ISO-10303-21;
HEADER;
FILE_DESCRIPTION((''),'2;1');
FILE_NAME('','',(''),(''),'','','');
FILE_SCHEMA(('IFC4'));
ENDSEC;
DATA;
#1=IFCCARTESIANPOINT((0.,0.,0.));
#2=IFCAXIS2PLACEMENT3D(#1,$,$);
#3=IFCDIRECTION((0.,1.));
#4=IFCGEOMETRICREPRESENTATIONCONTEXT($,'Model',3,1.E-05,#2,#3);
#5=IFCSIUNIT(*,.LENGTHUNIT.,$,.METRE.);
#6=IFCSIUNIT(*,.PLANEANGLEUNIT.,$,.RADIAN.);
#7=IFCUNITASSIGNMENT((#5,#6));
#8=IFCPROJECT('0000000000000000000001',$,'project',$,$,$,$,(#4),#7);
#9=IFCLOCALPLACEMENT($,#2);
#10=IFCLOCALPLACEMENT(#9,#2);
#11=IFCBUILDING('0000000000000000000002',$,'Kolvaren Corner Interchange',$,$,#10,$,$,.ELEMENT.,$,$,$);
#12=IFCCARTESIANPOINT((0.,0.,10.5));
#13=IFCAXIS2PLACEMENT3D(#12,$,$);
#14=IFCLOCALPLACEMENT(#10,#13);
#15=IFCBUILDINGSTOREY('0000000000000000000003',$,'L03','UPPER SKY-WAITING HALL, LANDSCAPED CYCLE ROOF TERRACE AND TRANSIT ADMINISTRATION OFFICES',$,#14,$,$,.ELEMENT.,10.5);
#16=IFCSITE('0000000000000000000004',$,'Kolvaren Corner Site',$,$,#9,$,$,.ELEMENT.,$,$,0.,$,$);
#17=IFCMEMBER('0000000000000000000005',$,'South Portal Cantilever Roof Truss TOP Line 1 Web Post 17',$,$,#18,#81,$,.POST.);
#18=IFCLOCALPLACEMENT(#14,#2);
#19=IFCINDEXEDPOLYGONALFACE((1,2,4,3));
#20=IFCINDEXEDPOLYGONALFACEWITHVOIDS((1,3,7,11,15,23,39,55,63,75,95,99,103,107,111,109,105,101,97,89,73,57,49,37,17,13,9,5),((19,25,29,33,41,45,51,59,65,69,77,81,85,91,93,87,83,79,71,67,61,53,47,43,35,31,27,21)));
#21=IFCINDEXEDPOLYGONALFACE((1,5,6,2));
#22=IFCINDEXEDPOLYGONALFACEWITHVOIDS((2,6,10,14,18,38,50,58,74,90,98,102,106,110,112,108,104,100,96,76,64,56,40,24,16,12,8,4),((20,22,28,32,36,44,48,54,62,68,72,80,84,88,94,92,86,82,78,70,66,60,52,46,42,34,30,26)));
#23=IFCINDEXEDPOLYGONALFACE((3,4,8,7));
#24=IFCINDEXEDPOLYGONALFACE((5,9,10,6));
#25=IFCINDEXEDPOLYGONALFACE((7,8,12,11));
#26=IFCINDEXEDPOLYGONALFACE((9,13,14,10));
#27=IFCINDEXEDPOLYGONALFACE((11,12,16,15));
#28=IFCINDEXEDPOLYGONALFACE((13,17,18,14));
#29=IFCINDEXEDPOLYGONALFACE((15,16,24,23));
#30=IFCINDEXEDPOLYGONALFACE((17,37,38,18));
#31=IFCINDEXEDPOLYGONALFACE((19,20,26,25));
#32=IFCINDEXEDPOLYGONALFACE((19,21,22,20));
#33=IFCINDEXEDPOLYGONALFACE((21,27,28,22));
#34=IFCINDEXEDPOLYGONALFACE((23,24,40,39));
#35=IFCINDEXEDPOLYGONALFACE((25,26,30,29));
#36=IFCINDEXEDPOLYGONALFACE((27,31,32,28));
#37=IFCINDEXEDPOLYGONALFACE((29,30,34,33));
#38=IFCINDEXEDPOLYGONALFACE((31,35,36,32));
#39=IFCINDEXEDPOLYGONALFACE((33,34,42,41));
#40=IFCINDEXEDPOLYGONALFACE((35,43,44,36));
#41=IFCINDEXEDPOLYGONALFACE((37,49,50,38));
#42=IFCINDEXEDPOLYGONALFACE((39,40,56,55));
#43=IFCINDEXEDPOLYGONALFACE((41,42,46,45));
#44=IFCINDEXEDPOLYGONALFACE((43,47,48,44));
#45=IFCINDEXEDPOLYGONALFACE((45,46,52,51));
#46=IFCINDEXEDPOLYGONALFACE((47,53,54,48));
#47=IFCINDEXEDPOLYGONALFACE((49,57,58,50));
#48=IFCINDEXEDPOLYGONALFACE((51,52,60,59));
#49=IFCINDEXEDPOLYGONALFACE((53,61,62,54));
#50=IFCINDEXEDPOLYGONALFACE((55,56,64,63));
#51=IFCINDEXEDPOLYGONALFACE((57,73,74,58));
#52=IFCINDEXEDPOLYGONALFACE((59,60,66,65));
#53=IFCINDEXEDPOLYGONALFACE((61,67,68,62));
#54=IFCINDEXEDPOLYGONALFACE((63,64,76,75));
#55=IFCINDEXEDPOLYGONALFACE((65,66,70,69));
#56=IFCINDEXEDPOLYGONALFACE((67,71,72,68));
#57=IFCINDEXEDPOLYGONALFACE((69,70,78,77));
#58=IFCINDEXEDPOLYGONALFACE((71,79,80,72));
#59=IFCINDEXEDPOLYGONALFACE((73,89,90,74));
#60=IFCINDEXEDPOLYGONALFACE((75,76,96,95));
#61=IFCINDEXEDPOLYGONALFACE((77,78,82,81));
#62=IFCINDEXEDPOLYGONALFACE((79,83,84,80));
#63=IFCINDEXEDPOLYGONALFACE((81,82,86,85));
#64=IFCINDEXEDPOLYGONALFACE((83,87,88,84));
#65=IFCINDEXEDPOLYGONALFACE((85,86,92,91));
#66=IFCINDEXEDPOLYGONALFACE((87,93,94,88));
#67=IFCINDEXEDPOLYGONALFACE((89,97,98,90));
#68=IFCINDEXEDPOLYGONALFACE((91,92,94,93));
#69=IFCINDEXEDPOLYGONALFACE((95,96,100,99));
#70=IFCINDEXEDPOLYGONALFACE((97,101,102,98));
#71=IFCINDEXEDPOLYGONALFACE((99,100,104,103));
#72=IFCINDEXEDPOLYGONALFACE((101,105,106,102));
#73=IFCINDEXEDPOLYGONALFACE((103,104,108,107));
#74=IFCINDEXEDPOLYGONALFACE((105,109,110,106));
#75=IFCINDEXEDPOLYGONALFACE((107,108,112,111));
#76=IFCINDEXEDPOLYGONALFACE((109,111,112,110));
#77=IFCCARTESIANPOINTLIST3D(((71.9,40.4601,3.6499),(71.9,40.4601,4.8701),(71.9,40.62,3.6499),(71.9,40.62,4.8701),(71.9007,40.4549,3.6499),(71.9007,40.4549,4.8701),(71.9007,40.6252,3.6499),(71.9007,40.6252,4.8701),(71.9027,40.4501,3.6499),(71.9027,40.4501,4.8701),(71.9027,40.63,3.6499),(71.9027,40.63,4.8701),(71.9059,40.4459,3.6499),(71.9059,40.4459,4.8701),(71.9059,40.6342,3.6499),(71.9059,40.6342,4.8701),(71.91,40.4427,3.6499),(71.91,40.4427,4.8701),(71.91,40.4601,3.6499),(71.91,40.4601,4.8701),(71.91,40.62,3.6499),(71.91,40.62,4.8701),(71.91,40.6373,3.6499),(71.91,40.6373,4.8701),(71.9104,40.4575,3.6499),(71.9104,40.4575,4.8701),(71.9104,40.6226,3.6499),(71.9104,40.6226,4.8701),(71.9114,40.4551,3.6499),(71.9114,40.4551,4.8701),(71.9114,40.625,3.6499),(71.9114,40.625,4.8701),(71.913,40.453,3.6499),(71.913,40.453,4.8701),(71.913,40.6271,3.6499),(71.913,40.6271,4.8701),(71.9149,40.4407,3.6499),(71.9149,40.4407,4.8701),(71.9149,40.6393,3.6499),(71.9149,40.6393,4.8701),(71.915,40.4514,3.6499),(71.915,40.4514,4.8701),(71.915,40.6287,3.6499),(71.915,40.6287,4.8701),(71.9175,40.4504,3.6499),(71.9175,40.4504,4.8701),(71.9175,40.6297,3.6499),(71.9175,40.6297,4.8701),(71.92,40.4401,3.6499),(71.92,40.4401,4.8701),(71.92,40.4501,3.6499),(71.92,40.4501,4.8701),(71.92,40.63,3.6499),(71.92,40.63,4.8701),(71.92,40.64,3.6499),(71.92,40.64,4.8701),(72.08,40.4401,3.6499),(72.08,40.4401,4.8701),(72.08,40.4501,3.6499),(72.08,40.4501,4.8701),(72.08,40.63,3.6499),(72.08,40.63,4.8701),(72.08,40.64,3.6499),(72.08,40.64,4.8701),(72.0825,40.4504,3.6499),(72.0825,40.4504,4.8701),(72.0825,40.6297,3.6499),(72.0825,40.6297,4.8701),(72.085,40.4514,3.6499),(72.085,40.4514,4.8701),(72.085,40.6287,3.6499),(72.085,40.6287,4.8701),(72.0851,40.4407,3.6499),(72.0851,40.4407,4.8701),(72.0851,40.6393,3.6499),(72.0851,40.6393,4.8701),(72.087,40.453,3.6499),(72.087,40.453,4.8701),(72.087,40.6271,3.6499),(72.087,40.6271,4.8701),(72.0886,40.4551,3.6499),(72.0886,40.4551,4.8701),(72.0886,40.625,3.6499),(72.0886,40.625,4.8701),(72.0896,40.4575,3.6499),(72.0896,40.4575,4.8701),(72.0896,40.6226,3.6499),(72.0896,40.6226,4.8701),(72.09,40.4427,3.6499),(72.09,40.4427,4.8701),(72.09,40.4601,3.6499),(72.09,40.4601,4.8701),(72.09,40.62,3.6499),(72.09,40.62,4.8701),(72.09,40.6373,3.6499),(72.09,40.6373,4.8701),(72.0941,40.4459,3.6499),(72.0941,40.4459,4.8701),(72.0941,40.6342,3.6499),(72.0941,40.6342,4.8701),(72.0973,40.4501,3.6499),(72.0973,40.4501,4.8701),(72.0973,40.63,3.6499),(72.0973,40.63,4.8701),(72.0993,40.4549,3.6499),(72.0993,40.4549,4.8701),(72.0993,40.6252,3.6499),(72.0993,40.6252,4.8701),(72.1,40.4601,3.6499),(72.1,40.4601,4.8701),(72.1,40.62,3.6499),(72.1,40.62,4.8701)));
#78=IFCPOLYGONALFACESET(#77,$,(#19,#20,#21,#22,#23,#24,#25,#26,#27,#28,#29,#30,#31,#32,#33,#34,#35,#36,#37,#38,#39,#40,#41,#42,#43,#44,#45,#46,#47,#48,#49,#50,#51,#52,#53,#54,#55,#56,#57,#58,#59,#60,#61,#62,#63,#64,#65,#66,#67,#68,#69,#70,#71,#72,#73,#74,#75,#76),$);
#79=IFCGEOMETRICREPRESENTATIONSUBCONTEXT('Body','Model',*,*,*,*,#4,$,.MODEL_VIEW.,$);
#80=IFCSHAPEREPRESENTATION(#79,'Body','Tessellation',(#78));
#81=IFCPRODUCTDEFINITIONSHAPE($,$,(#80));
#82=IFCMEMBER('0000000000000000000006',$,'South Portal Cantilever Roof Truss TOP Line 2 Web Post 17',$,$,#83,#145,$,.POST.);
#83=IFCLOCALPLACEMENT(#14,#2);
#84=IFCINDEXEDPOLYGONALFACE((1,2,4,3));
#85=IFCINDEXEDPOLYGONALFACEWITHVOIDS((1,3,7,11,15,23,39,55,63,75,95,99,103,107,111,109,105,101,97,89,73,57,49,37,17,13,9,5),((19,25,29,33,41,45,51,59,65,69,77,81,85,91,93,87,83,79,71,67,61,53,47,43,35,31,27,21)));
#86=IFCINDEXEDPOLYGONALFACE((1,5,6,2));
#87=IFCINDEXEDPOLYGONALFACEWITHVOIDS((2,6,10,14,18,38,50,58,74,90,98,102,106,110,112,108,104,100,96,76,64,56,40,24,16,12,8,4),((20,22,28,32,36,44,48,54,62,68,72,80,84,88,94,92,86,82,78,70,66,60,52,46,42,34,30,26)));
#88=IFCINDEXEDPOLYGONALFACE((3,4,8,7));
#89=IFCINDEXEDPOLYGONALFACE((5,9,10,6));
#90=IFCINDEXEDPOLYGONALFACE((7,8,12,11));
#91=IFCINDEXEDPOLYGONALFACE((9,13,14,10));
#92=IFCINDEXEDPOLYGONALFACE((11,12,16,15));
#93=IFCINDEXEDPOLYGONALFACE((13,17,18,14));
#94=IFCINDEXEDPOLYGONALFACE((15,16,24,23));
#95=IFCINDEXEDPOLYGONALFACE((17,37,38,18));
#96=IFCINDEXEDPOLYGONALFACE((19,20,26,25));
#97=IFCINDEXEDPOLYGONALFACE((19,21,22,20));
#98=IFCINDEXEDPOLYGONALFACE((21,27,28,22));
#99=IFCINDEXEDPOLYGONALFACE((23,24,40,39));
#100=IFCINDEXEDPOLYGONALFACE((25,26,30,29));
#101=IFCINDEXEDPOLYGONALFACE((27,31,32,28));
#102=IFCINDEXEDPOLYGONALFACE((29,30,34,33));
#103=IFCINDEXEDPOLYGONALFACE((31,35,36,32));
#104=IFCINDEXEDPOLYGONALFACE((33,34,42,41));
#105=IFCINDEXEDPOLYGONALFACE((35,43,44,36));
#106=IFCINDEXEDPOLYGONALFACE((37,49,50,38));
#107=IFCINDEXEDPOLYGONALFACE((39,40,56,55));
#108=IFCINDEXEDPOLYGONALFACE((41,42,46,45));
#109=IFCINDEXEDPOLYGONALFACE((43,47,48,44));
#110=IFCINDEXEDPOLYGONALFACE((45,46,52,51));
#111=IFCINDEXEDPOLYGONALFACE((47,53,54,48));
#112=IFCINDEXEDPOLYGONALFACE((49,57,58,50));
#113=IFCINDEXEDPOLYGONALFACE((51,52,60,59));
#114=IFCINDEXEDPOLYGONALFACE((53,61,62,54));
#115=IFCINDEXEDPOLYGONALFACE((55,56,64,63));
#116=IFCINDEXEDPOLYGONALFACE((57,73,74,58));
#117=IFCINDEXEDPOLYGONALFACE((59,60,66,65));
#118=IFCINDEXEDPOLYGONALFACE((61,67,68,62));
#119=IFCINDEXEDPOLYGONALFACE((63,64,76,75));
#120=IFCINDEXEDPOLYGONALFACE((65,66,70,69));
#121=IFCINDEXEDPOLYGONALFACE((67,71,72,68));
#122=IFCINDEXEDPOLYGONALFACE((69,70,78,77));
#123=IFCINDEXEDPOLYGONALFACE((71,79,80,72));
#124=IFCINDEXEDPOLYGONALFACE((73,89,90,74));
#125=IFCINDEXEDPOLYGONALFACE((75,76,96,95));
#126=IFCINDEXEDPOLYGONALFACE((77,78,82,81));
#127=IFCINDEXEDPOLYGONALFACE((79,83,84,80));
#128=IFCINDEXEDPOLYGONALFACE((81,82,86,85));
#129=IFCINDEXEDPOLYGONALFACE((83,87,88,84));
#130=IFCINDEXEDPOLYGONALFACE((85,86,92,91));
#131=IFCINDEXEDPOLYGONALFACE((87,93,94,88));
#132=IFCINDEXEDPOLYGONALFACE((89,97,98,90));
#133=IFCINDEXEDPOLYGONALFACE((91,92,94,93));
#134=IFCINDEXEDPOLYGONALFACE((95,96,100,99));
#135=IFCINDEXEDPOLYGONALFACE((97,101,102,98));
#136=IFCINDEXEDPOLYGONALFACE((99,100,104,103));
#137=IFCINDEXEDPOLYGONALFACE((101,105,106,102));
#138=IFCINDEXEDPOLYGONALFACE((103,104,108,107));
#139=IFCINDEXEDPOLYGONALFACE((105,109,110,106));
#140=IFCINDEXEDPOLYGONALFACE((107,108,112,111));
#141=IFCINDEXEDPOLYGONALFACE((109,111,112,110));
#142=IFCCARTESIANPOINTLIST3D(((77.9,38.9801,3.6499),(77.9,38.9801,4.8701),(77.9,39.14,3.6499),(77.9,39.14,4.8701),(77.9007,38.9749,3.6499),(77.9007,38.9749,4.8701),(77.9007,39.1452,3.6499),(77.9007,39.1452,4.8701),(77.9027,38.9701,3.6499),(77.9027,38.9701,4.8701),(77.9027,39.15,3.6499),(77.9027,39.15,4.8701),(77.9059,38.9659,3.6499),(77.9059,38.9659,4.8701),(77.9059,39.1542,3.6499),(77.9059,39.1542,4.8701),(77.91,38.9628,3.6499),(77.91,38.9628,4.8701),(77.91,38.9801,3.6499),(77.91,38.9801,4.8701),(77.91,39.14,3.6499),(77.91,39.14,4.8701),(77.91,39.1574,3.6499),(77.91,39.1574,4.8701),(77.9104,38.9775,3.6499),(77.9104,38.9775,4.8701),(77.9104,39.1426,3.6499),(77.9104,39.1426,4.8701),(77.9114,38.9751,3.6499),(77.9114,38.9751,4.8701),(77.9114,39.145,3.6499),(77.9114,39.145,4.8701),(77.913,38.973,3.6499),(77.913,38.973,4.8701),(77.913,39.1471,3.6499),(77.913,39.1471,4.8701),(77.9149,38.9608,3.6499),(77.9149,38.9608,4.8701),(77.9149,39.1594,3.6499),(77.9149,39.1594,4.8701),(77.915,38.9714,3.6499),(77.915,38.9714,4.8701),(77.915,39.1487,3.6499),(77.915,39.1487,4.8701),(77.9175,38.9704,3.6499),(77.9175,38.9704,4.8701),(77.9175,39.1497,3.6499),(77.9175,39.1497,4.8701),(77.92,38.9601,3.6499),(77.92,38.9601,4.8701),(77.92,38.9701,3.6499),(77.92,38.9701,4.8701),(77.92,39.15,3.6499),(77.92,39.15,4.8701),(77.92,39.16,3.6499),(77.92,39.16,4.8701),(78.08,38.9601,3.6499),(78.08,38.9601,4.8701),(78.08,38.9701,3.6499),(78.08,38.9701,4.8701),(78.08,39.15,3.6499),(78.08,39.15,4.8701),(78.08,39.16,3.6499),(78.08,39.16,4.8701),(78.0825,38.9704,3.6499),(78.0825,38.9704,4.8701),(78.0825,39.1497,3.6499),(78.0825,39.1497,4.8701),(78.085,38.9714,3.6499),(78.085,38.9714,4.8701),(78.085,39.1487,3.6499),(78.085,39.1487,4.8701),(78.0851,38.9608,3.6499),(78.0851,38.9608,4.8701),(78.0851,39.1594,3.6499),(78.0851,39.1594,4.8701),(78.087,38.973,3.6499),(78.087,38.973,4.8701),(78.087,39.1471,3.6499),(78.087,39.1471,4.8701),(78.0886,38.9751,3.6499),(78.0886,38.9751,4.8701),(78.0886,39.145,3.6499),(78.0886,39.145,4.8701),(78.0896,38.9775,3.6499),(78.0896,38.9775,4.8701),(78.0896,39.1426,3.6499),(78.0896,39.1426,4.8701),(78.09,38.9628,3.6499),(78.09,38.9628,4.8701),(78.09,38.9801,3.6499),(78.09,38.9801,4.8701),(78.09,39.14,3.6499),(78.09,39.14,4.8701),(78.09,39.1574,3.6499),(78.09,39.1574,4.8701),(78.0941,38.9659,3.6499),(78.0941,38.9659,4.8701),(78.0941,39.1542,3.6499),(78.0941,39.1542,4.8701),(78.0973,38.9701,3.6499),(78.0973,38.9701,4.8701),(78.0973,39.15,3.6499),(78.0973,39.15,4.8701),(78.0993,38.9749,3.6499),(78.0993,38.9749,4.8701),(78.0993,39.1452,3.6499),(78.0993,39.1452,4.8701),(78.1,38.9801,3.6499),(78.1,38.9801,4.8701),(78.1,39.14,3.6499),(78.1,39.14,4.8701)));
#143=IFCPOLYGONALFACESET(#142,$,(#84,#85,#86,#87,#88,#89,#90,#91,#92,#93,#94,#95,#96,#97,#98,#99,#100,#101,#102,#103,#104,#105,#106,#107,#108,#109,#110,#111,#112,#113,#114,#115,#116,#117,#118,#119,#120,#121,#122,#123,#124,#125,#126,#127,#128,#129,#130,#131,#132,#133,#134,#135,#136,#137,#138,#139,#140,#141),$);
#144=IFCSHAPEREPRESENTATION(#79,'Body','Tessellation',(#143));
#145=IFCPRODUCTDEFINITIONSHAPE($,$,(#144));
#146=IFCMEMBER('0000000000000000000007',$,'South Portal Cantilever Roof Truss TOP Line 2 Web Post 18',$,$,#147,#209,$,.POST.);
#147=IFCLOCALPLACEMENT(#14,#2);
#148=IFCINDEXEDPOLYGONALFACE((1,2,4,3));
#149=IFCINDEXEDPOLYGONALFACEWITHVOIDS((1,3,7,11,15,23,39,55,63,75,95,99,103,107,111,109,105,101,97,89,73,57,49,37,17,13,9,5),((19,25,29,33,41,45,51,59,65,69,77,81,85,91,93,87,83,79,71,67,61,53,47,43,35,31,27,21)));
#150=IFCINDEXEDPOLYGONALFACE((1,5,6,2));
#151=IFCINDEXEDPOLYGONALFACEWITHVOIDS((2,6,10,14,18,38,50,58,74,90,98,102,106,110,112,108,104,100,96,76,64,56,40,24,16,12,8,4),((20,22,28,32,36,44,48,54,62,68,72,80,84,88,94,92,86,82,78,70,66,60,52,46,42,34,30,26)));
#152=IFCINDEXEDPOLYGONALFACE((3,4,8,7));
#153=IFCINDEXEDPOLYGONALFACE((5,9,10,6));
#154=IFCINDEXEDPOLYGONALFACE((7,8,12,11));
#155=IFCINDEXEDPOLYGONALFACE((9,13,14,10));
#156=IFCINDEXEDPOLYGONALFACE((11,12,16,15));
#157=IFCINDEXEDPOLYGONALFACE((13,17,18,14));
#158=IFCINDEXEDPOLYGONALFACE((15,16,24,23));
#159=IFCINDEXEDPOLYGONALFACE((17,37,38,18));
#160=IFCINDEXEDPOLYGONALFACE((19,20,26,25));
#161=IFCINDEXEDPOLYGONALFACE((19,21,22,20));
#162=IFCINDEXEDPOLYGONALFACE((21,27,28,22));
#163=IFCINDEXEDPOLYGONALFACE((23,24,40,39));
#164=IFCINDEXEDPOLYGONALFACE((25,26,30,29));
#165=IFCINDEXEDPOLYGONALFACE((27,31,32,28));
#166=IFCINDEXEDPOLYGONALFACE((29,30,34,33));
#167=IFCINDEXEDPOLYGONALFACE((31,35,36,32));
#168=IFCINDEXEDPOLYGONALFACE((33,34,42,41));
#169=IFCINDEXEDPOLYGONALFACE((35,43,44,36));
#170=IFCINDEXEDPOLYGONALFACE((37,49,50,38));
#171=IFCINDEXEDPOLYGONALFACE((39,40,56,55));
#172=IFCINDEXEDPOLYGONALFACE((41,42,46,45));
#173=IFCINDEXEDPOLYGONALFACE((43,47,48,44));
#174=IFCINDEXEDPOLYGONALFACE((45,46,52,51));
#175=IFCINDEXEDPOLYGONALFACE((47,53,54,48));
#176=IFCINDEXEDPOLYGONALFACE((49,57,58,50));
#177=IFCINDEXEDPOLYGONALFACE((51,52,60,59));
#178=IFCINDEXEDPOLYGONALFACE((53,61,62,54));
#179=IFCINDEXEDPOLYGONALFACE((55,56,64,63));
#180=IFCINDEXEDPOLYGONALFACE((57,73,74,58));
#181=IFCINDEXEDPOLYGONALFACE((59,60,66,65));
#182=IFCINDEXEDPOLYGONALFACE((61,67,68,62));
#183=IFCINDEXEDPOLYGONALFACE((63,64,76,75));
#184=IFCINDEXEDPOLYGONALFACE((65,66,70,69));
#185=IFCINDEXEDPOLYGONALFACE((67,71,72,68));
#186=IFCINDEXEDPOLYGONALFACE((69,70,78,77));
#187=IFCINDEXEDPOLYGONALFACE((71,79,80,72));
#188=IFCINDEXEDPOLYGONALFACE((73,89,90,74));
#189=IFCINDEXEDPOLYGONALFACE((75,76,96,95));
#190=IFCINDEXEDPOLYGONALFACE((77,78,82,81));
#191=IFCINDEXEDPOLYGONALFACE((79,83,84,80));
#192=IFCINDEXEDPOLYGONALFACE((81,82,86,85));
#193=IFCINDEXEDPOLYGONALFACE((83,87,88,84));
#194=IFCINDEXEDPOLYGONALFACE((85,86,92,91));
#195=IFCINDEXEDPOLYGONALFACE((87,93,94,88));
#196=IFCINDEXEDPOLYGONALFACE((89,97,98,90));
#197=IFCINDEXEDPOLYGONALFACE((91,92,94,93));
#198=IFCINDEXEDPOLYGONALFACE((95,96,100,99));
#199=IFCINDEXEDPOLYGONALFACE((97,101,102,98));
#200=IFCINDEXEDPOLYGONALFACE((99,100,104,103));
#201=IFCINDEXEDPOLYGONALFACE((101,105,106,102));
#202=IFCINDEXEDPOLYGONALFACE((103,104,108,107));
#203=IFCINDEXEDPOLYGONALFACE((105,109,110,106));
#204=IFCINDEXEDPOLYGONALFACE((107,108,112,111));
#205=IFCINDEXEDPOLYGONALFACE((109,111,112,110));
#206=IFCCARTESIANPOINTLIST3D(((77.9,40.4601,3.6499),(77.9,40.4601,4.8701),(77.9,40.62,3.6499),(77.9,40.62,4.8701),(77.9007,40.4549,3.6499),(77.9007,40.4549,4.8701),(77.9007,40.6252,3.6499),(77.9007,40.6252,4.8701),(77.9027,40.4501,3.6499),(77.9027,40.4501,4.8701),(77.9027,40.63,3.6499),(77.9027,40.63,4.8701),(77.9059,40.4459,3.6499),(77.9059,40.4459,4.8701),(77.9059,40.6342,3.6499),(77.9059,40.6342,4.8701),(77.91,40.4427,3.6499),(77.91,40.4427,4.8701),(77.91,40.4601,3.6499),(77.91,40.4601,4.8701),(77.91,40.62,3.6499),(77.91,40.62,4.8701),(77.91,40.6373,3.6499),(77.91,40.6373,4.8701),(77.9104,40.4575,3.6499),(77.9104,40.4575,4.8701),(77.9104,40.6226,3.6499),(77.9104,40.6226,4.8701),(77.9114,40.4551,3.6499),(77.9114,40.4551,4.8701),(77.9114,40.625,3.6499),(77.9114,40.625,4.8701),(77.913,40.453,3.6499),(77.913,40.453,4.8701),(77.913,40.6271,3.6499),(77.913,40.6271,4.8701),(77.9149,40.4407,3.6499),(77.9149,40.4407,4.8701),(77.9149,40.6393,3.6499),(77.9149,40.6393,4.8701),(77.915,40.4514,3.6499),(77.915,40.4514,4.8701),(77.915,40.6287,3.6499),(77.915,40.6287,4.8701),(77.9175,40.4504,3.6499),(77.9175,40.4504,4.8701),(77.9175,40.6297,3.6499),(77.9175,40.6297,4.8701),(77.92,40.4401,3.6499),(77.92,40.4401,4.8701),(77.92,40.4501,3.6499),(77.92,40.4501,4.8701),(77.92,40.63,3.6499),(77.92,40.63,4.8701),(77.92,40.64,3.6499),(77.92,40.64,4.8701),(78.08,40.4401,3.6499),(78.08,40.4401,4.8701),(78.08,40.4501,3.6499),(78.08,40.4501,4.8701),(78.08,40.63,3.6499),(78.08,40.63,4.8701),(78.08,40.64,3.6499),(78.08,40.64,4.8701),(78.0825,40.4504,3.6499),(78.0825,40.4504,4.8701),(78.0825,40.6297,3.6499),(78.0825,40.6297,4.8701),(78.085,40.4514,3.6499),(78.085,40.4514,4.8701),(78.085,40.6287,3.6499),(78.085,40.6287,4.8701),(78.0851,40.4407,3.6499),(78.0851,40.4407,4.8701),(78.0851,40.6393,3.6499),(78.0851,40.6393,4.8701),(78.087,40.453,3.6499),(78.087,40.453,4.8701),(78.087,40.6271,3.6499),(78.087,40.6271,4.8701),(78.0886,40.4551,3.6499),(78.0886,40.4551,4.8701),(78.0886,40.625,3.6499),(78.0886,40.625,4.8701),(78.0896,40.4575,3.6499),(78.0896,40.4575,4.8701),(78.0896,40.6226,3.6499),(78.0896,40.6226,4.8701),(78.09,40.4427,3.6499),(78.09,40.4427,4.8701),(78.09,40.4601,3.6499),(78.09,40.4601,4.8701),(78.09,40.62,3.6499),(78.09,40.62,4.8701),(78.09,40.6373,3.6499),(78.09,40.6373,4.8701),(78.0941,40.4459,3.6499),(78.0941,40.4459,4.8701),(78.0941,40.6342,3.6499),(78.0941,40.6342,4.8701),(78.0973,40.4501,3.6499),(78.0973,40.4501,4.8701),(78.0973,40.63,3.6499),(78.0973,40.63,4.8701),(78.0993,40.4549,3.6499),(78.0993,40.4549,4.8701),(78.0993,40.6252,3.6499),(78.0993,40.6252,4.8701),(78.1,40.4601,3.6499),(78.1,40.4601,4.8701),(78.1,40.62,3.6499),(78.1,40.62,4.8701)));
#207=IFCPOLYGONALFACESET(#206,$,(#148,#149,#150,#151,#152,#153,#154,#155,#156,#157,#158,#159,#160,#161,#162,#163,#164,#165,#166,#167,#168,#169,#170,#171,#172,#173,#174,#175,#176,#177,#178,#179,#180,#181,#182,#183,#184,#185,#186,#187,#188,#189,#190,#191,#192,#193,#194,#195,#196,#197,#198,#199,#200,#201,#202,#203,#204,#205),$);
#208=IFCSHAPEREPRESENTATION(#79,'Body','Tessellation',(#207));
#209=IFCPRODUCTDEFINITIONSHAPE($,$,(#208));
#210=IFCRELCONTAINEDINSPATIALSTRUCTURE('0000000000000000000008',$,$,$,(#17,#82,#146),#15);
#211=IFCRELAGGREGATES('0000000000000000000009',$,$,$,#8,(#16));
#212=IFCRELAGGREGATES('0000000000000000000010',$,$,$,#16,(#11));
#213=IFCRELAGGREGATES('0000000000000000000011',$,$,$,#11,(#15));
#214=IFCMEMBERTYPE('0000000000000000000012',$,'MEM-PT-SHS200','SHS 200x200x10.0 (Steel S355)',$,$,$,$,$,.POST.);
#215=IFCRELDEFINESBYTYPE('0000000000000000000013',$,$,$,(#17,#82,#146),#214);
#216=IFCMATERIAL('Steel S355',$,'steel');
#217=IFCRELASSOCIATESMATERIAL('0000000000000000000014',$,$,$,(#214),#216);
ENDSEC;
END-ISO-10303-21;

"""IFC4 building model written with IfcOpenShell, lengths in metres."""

from ifc_helpers import new_model, si_unit, direction, frame, origin, origin_2d, place, context, subcontext, project, spatial, hollow_rectangle, extrude, material, material_profile, profile_set, type_object, element, save


model = new_model("IFC4")

# Units and contexts
model_context = context("Model", 3, precision=1e-05, world=origin(), true_north=direction((0.0, 1.0)))
body_context = subcontext(model_context, "Body", "Model", "MODEL_VIEW")
ifc_project = project(units=[si_unit("LENGTHUNIT", "METRE"), si_unit("PLANEANGLEUNIT", "RADIAN")], contexts=[model_context])

# Site, building, storey
site_placement = place(None, origin())
site = spatial("IfcSite", under=ifc_project, at=site_placement, Name="Kolvaren Corner Site", CompositionType="ELEMENT", RefElevation=0.0)
building_placement = place(site_placement, origin())
building = spatial("IfcBuilding", under=site, at=building_placement, Name="Kolvaren Corner Interchange", CompositionType="ELEMENT")
storey_placement = place(building_placement, frame((0.0, 0.0, 10.5)))
storey = spatial("IfcBuildingStorey", under=building, at=storey_placement, Name="L03", Description="UPPER SKY-WAITING HALL, LANDSCAPED CYCLE ROOF TERRACE AND TRANSIT ADMINISTRATION OFFICES", CompositionType="ELEMENT", Elevation=10.5)

# Members
ifc_material_1 = material(Name="Steel S355", Category="steel")
ifc_material_profile_1 = material_profile(ifc_material_1, hollow_rectangle(XDim=0.2, YDim=0.2, WallThickness=0.01, InnerFilletRadius=0.01, OuterFilletRadius=0.02, at=origin_2d()), Name="SHS 200x200x10.0")
ifc_profile_set_1 = profile_set([ifc_material_profile_1], Name="Steel S355")
member_type_1 = type_object("IfcMemberType", Name="MEM-PT-SHS200", Description="SHS 200x200x10.0 (Steel S355)", PredefinedType="POST", material=ifc_profile_set_1)
for number, where, z_axis, x_axis, name in (
    (1, (72.0, 40.54, 3.6499), (0.0, 0.0, 1.0), (1.0, 0.0, 0.0), "South Portal Cantilever Roof Truss TOP Line 1 Web Post 17"),
    (2, (78.0, 39.0601, 3.6499), (0.0, 0.0, 1.0), (1.0, 0.0, 0.0), "South Portal Cantilever Roof Truss TOP Line 2 Web Post 17"),
    (3, (78.0, 40.54, 3.6499), (0.0, 0.0, 1.0), (1.0, 0.0, 0.0), "South Portal Cantilever Roof Truss TOP Line 2 Web Post 18"),
):
    element("IfcMember", number, at=place(storey_placement, frame(where, z_axis=z_axis, x_axis=x_axis)), inside=storey, type_object=member_type_1, Name=name, PredefinedType="POST", context=body_context, shape_type="SweptSolid", body=[
        extrude(hollow_rectangle(XDim=0.2, YDim=0.2, WallThickness=0.01, InnerFilletRadius=0.01, OuterFilletRadius=0.02, at=origin_2d()), origin(), (0.0, 0.0, 1.0), 1.2202),
    ])

save(model, "model.ifc")
